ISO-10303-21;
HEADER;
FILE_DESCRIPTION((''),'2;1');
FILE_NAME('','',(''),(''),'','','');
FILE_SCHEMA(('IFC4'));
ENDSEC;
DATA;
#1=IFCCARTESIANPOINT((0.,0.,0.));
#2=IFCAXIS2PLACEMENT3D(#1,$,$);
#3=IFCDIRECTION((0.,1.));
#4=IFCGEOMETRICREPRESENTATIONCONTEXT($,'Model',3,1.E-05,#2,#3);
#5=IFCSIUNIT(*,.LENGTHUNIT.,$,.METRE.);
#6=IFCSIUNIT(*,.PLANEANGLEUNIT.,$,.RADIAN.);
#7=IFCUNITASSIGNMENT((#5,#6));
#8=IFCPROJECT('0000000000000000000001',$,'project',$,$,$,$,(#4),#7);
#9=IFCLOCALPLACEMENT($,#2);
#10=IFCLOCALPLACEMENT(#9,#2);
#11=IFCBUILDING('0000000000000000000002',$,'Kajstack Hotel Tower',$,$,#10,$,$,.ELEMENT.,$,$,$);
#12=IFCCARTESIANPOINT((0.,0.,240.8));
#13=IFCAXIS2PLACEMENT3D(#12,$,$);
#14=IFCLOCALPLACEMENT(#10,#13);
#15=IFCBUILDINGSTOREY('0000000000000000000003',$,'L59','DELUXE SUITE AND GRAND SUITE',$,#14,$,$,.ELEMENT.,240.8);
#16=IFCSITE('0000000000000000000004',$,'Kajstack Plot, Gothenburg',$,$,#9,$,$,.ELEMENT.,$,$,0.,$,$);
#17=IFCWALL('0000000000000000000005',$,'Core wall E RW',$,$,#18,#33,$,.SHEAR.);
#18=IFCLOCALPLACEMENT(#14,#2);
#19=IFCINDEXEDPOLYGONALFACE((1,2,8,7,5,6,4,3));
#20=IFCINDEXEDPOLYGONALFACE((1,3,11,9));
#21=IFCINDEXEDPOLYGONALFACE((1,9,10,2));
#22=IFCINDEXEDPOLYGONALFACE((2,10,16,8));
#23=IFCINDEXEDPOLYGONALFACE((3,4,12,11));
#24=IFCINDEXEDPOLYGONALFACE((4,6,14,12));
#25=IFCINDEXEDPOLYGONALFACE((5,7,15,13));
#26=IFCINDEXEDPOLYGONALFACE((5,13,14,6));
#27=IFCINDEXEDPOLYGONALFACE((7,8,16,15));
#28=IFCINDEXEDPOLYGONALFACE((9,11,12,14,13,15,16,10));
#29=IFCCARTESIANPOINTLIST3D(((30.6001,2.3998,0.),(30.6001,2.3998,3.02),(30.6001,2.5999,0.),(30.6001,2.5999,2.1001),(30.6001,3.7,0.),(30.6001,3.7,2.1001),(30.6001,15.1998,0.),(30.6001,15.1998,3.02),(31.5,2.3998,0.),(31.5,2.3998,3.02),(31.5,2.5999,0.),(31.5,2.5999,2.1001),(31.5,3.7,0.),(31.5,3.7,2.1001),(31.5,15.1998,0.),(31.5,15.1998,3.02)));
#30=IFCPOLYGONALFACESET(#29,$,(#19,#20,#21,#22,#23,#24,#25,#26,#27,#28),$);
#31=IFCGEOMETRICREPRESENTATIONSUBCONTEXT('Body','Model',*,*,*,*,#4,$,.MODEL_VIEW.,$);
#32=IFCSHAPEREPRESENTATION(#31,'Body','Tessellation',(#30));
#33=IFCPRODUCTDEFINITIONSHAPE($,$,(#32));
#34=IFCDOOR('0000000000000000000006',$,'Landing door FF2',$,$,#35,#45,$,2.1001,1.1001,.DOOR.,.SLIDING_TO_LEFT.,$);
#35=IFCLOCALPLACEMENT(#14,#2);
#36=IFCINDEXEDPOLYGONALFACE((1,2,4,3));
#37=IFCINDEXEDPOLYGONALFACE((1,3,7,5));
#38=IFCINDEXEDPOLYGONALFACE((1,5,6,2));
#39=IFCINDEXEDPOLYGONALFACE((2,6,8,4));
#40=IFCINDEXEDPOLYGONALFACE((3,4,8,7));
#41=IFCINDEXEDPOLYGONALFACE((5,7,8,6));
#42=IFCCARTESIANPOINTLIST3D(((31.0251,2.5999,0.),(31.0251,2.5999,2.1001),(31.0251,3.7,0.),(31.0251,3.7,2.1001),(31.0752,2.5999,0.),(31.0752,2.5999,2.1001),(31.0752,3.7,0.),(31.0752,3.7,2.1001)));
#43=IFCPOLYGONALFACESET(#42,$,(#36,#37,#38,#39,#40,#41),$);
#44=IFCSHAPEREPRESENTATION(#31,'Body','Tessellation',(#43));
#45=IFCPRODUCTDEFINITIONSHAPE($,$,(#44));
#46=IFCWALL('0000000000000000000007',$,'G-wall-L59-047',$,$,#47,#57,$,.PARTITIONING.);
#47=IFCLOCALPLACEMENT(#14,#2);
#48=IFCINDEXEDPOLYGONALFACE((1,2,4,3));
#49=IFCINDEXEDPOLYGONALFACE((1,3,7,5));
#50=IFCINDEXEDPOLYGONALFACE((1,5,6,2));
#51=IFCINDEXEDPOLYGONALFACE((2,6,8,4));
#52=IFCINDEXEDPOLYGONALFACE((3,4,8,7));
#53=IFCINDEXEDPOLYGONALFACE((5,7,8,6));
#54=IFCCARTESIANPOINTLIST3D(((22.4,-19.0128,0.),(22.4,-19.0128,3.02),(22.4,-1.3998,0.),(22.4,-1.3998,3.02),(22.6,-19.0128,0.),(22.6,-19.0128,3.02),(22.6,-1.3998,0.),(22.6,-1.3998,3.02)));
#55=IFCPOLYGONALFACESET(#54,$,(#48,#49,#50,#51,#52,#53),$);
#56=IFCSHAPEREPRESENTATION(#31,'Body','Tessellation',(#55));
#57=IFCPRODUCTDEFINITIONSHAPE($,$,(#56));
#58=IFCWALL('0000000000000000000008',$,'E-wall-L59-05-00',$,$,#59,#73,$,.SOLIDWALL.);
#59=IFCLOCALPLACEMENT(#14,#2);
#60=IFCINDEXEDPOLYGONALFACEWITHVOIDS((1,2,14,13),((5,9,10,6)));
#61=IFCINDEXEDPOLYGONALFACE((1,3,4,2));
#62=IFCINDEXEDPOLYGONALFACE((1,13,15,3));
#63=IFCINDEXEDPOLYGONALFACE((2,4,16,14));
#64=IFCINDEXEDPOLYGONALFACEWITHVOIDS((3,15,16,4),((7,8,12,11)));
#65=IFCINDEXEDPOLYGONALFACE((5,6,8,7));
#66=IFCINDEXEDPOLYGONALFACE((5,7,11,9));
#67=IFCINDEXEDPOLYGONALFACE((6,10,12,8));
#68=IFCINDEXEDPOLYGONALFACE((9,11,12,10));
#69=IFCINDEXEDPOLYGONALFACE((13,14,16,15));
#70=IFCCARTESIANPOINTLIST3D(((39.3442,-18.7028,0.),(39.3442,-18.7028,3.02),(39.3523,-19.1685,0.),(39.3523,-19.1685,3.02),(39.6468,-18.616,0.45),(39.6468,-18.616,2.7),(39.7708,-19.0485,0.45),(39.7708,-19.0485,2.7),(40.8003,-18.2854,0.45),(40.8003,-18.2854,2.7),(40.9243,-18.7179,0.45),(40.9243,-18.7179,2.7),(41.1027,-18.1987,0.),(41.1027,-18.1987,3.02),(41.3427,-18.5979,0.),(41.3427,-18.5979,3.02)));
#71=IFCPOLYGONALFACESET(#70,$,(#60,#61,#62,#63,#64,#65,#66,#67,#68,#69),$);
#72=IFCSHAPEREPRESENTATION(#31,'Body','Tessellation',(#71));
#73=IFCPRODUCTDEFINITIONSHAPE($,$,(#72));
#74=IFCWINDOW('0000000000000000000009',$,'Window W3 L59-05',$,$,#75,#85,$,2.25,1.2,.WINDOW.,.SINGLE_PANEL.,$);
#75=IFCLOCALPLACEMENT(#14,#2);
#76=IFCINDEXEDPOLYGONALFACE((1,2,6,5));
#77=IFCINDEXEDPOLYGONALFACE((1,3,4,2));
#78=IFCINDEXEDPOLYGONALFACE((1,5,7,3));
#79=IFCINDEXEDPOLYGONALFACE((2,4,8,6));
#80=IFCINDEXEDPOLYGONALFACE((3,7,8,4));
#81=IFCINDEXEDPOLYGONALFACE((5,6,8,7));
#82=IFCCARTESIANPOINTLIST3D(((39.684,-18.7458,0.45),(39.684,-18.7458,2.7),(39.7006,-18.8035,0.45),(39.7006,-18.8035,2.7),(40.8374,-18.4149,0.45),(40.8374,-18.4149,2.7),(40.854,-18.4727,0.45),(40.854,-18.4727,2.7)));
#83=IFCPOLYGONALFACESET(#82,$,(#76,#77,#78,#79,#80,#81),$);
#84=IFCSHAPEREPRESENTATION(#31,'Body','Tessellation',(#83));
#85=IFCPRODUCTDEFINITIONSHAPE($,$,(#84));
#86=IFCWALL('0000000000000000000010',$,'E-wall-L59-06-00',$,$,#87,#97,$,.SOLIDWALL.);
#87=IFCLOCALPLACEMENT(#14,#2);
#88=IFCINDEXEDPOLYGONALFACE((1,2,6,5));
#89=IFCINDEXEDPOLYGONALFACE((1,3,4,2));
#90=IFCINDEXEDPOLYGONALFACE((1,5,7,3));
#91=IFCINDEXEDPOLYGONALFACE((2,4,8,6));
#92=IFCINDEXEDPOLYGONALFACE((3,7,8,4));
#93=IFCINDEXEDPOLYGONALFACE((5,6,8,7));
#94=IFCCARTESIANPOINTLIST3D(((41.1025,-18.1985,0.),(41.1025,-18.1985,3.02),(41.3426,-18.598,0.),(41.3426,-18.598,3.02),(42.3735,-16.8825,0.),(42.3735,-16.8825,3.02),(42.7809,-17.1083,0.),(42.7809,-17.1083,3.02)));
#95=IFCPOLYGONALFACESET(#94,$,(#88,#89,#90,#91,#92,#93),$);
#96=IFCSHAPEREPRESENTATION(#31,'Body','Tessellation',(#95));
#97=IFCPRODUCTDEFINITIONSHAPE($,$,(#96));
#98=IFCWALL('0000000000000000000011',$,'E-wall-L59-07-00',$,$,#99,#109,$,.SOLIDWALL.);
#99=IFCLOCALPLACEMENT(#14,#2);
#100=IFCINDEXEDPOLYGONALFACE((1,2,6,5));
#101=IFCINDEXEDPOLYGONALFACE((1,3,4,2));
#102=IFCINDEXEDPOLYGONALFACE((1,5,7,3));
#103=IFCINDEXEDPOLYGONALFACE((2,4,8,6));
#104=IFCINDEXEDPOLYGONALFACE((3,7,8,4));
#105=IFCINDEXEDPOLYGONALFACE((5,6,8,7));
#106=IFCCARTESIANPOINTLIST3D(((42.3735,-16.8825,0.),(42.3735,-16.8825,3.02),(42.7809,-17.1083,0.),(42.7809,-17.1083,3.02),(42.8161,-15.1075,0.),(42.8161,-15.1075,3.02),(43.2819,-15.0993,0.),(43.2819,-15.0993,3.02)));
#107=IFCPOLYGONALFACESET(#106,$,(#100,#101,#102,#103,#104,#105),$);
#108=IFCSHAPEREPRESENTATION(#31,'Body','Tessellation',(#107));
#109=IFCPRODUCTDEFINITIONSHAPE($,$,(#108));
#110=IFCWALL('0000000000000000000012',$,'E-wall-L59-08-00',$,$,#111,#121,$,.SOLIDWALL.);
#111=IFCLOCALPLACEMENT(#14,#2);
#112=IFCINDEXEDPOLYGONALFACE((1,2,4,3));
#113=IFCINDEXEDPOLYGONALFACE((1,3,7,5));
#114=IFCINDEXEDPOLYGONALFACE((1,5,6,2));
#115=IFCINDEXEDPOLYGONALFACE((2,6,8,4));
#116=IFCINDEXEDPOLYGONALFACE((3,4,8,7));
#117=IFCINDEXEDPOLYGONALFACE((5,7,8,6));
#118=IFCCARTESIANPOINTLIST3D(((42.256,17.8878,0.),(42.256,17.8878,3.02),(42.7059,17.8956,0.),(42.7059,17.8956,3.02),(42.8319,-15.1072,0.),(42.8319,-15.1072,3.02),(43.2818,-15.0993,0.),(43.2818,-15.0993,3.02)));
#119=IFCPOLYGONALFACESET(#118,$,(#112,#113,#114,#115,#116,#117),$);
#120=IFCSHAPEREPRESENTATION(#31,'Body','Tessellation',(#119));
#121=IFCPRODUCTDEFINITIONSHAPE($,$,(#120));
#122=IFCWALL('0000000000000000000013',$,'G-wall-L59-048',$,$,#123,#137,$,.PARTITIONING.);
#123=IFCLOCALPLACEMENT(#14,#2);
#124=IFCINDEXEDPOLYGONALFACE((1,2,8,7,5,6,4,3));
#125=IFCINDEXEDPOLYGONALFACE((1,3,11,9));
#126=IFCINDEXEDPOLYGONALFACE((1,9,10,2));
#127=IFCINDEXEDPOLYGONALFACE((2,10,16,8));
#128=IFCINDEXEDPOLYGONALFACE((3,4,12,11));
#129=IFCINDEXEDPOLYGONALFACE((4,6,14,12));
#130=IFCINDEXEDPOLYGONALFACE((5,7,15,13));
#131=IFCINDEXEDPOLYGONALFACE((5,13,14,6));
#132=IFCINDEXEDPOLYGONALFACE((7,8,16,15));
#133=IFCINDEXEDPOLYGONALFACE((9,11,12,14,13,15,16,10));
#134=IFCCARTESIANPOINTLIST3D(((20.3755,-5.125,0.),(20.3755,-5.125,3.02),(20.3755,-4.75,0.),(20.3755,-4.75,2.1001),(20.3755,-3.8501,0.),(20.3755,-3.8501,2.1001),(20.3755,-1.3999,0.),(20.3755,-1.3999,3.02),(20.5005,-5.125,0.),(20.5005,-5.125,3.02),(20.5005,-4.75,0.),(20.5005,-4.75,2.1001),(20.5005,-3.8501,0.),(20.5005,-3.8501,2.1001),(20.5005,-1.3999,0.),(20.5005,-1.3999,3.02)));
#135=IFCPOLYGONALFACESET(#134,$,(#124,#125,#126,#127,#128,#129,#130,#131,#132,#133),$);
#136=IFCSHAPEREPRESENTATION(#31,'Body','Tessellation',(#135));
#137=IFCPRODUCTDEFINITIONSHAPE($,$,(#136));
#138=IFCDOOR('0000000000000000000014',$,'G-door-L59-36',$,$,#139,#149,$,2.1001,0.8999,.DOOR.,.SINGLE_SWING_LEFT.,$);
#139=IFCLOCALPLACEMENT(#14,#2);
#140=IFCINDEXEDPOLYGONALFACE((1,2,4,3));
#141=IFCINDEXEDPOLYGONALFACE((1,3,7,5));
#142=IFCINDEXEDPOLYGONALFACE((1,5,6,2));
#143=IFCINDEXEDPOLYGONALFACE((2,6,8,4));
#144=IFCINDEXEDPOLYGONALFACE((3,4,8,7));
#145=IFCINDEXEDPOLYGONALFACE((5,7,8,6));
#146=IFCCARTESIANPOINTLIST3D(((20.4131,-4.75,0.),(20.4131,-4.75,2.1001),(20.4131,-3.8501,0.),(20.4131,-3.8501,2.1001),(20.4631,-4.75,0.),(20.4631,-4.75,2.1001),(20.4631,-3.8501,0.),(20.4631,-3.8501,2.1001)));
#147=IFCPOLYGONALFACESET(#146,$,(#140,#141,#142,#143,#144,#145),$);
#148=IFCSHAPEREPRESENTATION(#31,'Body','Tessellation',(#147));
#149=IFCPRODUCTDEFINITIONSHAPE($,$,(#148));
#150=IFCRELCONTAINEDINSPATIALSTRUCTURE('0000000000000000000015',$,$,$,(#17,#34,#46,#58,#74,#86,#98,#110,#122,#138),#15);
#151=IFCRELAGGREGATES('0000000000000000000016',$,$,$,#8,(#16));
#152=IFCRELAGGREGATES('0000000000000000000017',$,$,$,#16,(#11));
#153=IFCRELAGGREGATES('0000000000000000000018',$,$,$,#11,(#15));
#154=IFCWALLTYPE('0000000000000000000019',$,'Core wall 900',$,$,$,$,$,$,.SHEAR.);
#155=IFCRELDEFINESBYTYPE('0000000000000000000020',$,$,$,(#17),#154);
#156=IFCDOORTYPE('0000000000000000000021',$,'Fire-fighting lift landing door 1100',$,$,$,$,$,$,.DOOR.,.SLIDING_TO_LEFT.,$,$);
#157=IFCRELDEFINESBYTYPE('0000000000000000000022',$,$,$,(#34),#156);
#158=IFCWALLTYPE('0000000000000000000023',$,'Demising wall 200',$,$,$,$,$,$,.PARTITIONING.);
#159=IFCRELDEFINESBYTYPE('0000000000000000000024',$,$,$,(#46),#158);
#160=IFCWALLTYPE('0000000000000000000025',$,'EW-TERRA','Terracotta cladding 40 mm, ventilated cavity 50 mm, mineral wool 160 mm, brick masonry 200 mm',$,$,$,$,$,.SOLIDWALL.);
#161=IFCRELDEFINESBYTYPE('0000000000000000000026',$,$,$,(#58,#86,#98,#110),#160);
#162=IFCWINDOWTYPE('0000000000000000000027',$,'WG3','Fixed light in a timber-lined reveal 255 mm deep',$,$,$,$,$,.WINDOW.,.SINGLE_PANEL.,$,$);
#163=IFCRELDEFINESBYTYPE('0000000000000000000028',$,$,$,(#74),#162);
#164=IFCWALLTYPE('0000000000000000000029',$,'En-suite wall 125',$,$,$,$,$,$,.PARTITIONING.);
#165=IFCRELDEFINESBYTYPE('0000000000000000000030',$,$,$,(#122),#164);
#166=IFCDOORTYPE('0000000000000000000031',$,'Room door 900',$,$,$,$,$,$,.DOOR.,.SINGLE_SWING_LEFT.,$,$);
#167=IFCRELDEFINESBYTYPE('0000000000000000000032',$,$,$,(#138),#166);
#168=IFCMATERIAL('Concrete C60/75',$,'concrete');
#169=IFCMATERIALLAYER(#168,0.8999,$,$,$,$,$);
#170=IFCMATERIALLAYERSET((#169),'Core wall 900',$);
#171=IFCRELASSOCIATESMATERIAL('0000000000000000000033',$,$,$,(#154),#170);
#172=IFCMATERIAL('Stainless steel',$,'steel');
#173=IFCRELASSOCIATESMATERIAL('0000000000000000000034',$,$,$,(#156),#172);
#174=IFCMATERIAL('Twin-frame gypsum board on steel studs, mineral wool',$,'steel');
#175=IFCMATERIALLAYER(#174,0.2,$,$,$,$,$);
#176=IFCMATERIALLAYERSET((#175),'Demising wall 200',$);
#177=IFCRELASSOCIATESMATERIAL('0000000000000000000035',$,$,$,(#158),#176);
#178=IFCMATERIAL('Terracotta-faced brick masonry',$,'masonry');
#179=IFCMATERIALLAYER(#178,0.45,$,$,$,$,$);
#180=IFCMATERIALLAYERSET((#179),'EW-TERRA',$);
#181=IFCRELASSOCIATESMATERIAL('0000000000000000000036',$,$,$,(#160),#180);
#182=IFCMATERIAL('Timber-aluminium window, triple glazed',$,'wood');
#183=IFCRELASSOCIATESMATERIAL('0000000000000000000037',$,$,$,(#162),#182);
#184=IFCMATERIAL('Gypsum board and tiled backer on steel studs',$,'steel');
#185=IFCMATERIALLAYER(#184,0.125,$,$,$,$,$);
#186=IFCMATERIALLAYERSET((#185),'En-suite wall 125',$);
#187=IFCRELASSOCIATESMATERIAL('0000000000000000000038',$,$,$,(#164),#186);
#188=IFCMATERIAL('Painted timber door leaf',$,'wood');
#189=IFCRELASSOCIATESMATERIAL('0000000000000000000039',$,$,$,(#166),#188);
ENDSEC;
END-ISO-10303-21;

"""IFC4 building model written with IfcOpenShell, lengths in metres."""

from ifc_helpers import new_model, si_unit, direction, frame, frame_2d, origin, place, context, subcontext, project, spatial, polyline, rectangle, outline, extrude, material, layer, layer_set, type_object, element, fill, save


model = new_model("IFC4")

# Units and contexts
model_context = context("Model", 3, precision=1e-05, world=origin(), true_north=direction((0.0, 1.0)))
body_context = subcontext(model_context, "Body", "Model", "MODEL_VIEW")
ifc_project = project(units=[si_unit("LENGTHUNIT", "METRE"), si_unit("PLANEANGLEUNIT", "RADIAN")], contexts=[model_context])

# Site, building, storey
site_placement = place(None, origin())
site = spatial("IfcSite", under=ifc_project, at=site_placement, Name="Kajstack Plot, Gothenburg", CompositionType="ELEMENT", RefElevation=0.0)
building_placement = place(site_placement, origin())
building = spatial("IfcBuilding", under=site, at=building_placement, Name="Kajstack Hotel Tower", CompositionType="ELEMENT")
storey_placement = place(building_placement, frame((0.0, 0.0, 240.8)))
storey = spatial("IfcBuildingStorey", under=building, at=storey_placement, Name="L59", Description="DELUXE SUITE AND GRAND SUITE", CompositionType="ELEMENT", Elevation=240.8)

# Wall, opening, door
ifc_material_1 = material(Name="Concrete C60/75", Category="concrete")
ifc_layer_1 = layer(ifc_material_1, 0.8999)
ifc_layer_set_1 = layer_set([ifc_layer_1], Name="Core wall 900")
wall_type_1 = type_object("IfcWallType", Name="Core wall 900", PredefinedType="SHEAR", material=ifc_layer_set_1)
wall_1_placement = place(storey_placement, frame((31.05, 2.3999, 0.0), z_axis=(0.0, 0.0, 1.0), x_axis=(0.0, 1.0, 0.0)))
wall_1 = element("IfcWall", 1, at=wall_1_placement, inside=storey, type_object=wall_type_1, Name="Core wall E RW", PredefinedType="SHEAR", context=body_context, shape_type="SweptSolid", body=[
    extrude(rectangle(XDim=12.8, YDim=0.8999, at=frame_2d((6.3999, 0.0))), origin(), (0.0, 0.0, 1.0), 3.02),
])
opening_1_placement = place(wall_1_placement, frame((0.2, 0.0, 0.0)))
opening_1 = element("IfcOpeningElement", 2, at=opening_1_placement, cuts=wall_1, PredefinedType="OPENING", context=body_context, shape_type="SweptSolid", body=[
    extrude(rectangle(XDim=1.1001, YDim=2.1001, at=frame_2d((0.55, 1.05))), frame((0.0, 0.46, 0.0), z_axis=(0.0, -1.0, 0.0), x_axis=(1.0, 0.0, 0.0)), (0.0, 0.0, 1.0), 0.9199),
])
ifc_material_2 = material(Name="Stainless steel", Category="steel")
door_type_1 = type_object("IfcDoorType", Name="Fire-fighting lift landing door 1100", OperationType="SLIDING_TO_LEFT", PredefinedType="DOOR", material=ifc_material_2)
door_1_placement = place(opening_1_placement, origin())
door_1 = element("IfcDoor", 3, at=door_1_placement, inside=storey, type_object=door_type_1, Name="Landing door FF2", OperationType="SLIDING_TO_LEFT", OverallHeight=2.1001, OverallWidth=1.1001, PredefinedType="DOOR", context=body_context, shape_type="SweptSolid", body=[
    extrude(rectangle(XDim=1.1001, YDim=2.1001, at=frame_2d((0.55, 1.05))), frame((0.0, 0.0249, 0.0), z_axis=(0.0, -1.0, 0.0), x_axis=(1.0, 0.0, 0.0)), (0.0, 0.0, 1.0), 0.05),
])
fill(opening_1, door_1)

# Wall
ifc_material_3 = material(Name="Twin-frame gypsum board on steel studs, mineral wool", Category="steel")
ifc_layer_2 = layer(ifc_material_3, 0.2)
ifc_layer_set_2 = layer_set([ifc_layer_2], Name="Demising wall 200")
wall_type_2 = type_object("IfcWallType", Name="Demising wall 200", PredefinedType="PARTITIONING", material=ifc_layer_set_2)
wall_2_placement = place(storey_placement, frame((22.5, -19.0129, 0.0), z_axis=(0.0, 0.0, 1.0), x_axis=(0.0, 1.0, 0.0)))
element("IfcWall", 4, at=wall_2_placement, inside=storey, type_object=wall_type_2, Name="G-wall-L59-047", PredefinedType="PARTITIONING", context=body_context, shape_type="SweptSolid", body=[
    extrude(rectangle(XDim=17.613, YDim=0.2, at=frame_2d((8.8066, 0.0))), origin(), (0.0, 0.0, 1.0), 3.02),
])

# Wall, opening, window
ifc_material_4 = material(Name="Terracotta-faced brick masonry", Category="masonry")
ifc_layer_3 = layer(ifc_material_4, 0.45)
ifc_layer_set_3 = layer_set([ifc_layer_3], Name="EW-TERRA")
wall_type_3 = type_object("IfcWallType", Name="EW-TERRA", Description="Terracotta cladding 40 mm, ventilated cavity 50 mm, mineral wool 160 mm, brick masonry 200 mm", PredefinedType="SOLIDWALL", material=ifc_layer_set_3)
wall_3_placement = place(storey_placement, frame((39.2903, -18.9524, 0.0), z_axis=(0.0, 0.0, 1.0), x_axis=(0.961248, 0.275687, 0.0)))
wall_3 = element("IfcWall", 5, at=wall_3_placement, inside=storey, type_object=wall_type_3, Name="E-wall-L59-05-00", PredefinedType="SOLIDWALL", context=body_context, shape_type="SweptSolid", body=[
    extrude(outline(polyline([(0.0, -0.2249), (2.0706, -0.2251), (1.95, 0.2249), (0.1206, 0.2251), (0.0, -0.2249)])), origin(), (0.0, 0.0, 1.0), 3.02),
])
opening_2_placement = place(wall_3_placement, frame((0.4353, 0.0, 0.45)))
opening_2 = element("IfcOpeningElement", 6, at=opening_2_placement, cuts=wall_3, PredefinedType="OPENING", context=body_context, shape_type="SweptSolid", body=[
    extrude(rectangle(XDim=1.2, YDim=2.25, at=frame_2d((0.6001, 1.125))), frame((0.0, 0.2349, 0.0), z_axis=(0.0, -1.0, 0.0), x_axis=(1.0, 0.0, 0.0)), (0.0, 0.0, 1.0), 0.47),
])
ifc_material_5 = material(Name="Timber-aluminium window, triple glazed", Category="wood")
window_type = type_object("IfcWindowType", Name="WG3", Description="Fixed light in a timber-lined reveal 255 mm deep", PartitioningType="SINGLE_PANEL", PredefinedType="WINDOW", material=ifc_material_5)
window_placement = place(opening_2_placement, origin())
window = element("IfcWindow", 7, at=window_placement, inside=storey, type_object=window_type, Name="Window W3 L59-05", OverallHeight=2.25, OverallWidth=1.2, PartitioningType="SINGLE_PANEL", PredefinedType="WINDOW", context=body_context, shape_type="SweptSolid", body=[
    extrude(rectangle(XDim=1.2, YDim=2.25, at=frame_2d((0.6001, 1.125))), frame((0.0, 0.0901, 0.0), z_axis=(0.0, -1.0, 0.0), x_axis=(1.0, 0.0, 0.0)), (0.0, 0.0, 1.0), 0.0601),
])
fill(opening_2, window)

# Walls
wall_4_placement = place(storey_placement, frame((41.1807, -18.4417, 0.0), z_axis=(0.0, 0.0, 1.0), x_axis=(0.694679, 0.71932, 0.0)))
element("IfcWall", 8, at=wall_4_placement, inside=storey, type_object=wall_type_3, Name="E-wall-L59-06-00", PredefinedType="SOLIDWALL", context=body_context, shape_type="SweptSolid", body=[
    extrude(outline(polyline([(0.0, -0.2251), (2.0708, -0.2249), (1.9502, 0.2251), (0.1206, 0.2251), (0.0, -0.2251)])), origin(), (0.0, 0.0, 1.0), 3.02),
])
wall_5_placement = place(storey_placement, frame((42.5627, -17.054, 0.0), z_axis=(0.0, 0.0, 1.0), x_axis=(0.241842, 0.970316, 0.0)))
element("IfcWall", 9, at=wall_5_placement, inside=storey, type_object=wall_type_3, Name="E-wall-L59-07-00", PredefinedType="SOLIDWALL", context=body_context, shape_type="SweptSolid", body=[
    extrude(outline(polyline([(0.0, -0.2249), (2.0706, -0.2251), (1.95, 0.2249), (0.1206, 0.2251), (0.0, -0.2249)])), origin(), (0.0, 0.0, 1.0), 3.02),
])
wall_6_placement = place(storey_placement, frame((43.0569, -15.1033, 0.0), z_axis=(0.0, 0.0, 1.0), x_axis=(-0.017452, 0.999848, 0.0)))
element("IfcWall", 10, at=wall_6_placement, inside=storey, type_object=wall_type_3, Name="E-wall-L59-08-00", PredefinedType="SOLIDWALL", context=body_context, shape_type="SweptSolid", body=[
    extrude(rectangle(XDim=33.0, YDim=0.45, at=frame_2d((16.5, 0.0))), origin(), (0.0, 0.0, 1.0), 3.02),
])

# Wall, opening, door
ifc_material_6 = material(Name="Gypsum board and tiled backer on steel studs", Category="steel")
ifc_layer_4 = layer(ifc_material_6, 0.125)
ifc_layer_set_4 = layer_set([ifc_layer_4], Name="En-suite wall 125")
wall_type_4 = type_object("IfcWallType", Name="En-suite wall 125", PredefinedType="PARTITIONING", material=ifc_layer_set_4)
wall_7_placement = place(storey_placement, frame((20.438, -5.125, 0.0), z_axis=(0.0, 0.0, 1.0), x_axis=(0.0, 1.0, 0.0)))
wall_7 = element("IfcWall", 11, at=wall_7_placement, inside=storey, type_object=wall_type_4, Name="G-wall-L59-048", PredefinedType="PARTITIONING", context=body_context, shape_type="SweptSolid", body=[
    extrude(rectangle(XDim=3.7251, YDim=0.125, at=frame_2d((1.8625, 0.0))), origin(), (0.0, 0.0, 1.0), 3.02),
])
opening_3_placement = place(wall_7_placement, frame((0.375, 0.0, 0.0)))
opening_3 = element("IfcOpeningElement", 12, at=opening_3_placement, cuts=wall_7, PredefinedType="OPENING", context=body_context, shape_type="SweptSolid", body=[
    extrude(rectangle(XDim=0.8999, YDim=2.1001, at=frame_2d((0.45, 1.05))), frame((0.0, 0.0725, 0.0), z_axis=(0.0, -1.0, 0.0), x_axis=(1.0, 0.0, 0.0)), (0.0, 0.0, 1.0), 0.145),
])
ifc_material_7 = material(Name="Painted timber door leaf", Category="wood")
door_type_2 = type_object("IfcDoorType", Name="Room door 900", OperationType="SINGLE_SWING_LEFT", PredefinedType="DOOR", material=ifc_material_7)
door_2_placement = place(opening_3_placement, origin())
door_2 = element("IfcDoor", 13, at=door_2_placement, inside=storey, type_object=door_type_2, Name="G-door-L59-36", OperationType="SINGLE_SWING_LEFT", OverallHeight=2.1001, OverallWidth=0.8999, PredefinedType="DOOR", context=body_context, shape_type="SweptSolid", body=[
    extrude(rectangle(XDim=0.8999, YDim=2.1001, at=frame_2d((0.45, 1.05))), frame((0.0, 0.0249, 0.0), z_axis=(0.0, -1.0, 0.0), x_axis=(1.0, 0.0, 0.0)), (0.0, 0.0, 1.0), 0.05),
])
fill(opening_3, door_2)

save(model, "model.ifc")
